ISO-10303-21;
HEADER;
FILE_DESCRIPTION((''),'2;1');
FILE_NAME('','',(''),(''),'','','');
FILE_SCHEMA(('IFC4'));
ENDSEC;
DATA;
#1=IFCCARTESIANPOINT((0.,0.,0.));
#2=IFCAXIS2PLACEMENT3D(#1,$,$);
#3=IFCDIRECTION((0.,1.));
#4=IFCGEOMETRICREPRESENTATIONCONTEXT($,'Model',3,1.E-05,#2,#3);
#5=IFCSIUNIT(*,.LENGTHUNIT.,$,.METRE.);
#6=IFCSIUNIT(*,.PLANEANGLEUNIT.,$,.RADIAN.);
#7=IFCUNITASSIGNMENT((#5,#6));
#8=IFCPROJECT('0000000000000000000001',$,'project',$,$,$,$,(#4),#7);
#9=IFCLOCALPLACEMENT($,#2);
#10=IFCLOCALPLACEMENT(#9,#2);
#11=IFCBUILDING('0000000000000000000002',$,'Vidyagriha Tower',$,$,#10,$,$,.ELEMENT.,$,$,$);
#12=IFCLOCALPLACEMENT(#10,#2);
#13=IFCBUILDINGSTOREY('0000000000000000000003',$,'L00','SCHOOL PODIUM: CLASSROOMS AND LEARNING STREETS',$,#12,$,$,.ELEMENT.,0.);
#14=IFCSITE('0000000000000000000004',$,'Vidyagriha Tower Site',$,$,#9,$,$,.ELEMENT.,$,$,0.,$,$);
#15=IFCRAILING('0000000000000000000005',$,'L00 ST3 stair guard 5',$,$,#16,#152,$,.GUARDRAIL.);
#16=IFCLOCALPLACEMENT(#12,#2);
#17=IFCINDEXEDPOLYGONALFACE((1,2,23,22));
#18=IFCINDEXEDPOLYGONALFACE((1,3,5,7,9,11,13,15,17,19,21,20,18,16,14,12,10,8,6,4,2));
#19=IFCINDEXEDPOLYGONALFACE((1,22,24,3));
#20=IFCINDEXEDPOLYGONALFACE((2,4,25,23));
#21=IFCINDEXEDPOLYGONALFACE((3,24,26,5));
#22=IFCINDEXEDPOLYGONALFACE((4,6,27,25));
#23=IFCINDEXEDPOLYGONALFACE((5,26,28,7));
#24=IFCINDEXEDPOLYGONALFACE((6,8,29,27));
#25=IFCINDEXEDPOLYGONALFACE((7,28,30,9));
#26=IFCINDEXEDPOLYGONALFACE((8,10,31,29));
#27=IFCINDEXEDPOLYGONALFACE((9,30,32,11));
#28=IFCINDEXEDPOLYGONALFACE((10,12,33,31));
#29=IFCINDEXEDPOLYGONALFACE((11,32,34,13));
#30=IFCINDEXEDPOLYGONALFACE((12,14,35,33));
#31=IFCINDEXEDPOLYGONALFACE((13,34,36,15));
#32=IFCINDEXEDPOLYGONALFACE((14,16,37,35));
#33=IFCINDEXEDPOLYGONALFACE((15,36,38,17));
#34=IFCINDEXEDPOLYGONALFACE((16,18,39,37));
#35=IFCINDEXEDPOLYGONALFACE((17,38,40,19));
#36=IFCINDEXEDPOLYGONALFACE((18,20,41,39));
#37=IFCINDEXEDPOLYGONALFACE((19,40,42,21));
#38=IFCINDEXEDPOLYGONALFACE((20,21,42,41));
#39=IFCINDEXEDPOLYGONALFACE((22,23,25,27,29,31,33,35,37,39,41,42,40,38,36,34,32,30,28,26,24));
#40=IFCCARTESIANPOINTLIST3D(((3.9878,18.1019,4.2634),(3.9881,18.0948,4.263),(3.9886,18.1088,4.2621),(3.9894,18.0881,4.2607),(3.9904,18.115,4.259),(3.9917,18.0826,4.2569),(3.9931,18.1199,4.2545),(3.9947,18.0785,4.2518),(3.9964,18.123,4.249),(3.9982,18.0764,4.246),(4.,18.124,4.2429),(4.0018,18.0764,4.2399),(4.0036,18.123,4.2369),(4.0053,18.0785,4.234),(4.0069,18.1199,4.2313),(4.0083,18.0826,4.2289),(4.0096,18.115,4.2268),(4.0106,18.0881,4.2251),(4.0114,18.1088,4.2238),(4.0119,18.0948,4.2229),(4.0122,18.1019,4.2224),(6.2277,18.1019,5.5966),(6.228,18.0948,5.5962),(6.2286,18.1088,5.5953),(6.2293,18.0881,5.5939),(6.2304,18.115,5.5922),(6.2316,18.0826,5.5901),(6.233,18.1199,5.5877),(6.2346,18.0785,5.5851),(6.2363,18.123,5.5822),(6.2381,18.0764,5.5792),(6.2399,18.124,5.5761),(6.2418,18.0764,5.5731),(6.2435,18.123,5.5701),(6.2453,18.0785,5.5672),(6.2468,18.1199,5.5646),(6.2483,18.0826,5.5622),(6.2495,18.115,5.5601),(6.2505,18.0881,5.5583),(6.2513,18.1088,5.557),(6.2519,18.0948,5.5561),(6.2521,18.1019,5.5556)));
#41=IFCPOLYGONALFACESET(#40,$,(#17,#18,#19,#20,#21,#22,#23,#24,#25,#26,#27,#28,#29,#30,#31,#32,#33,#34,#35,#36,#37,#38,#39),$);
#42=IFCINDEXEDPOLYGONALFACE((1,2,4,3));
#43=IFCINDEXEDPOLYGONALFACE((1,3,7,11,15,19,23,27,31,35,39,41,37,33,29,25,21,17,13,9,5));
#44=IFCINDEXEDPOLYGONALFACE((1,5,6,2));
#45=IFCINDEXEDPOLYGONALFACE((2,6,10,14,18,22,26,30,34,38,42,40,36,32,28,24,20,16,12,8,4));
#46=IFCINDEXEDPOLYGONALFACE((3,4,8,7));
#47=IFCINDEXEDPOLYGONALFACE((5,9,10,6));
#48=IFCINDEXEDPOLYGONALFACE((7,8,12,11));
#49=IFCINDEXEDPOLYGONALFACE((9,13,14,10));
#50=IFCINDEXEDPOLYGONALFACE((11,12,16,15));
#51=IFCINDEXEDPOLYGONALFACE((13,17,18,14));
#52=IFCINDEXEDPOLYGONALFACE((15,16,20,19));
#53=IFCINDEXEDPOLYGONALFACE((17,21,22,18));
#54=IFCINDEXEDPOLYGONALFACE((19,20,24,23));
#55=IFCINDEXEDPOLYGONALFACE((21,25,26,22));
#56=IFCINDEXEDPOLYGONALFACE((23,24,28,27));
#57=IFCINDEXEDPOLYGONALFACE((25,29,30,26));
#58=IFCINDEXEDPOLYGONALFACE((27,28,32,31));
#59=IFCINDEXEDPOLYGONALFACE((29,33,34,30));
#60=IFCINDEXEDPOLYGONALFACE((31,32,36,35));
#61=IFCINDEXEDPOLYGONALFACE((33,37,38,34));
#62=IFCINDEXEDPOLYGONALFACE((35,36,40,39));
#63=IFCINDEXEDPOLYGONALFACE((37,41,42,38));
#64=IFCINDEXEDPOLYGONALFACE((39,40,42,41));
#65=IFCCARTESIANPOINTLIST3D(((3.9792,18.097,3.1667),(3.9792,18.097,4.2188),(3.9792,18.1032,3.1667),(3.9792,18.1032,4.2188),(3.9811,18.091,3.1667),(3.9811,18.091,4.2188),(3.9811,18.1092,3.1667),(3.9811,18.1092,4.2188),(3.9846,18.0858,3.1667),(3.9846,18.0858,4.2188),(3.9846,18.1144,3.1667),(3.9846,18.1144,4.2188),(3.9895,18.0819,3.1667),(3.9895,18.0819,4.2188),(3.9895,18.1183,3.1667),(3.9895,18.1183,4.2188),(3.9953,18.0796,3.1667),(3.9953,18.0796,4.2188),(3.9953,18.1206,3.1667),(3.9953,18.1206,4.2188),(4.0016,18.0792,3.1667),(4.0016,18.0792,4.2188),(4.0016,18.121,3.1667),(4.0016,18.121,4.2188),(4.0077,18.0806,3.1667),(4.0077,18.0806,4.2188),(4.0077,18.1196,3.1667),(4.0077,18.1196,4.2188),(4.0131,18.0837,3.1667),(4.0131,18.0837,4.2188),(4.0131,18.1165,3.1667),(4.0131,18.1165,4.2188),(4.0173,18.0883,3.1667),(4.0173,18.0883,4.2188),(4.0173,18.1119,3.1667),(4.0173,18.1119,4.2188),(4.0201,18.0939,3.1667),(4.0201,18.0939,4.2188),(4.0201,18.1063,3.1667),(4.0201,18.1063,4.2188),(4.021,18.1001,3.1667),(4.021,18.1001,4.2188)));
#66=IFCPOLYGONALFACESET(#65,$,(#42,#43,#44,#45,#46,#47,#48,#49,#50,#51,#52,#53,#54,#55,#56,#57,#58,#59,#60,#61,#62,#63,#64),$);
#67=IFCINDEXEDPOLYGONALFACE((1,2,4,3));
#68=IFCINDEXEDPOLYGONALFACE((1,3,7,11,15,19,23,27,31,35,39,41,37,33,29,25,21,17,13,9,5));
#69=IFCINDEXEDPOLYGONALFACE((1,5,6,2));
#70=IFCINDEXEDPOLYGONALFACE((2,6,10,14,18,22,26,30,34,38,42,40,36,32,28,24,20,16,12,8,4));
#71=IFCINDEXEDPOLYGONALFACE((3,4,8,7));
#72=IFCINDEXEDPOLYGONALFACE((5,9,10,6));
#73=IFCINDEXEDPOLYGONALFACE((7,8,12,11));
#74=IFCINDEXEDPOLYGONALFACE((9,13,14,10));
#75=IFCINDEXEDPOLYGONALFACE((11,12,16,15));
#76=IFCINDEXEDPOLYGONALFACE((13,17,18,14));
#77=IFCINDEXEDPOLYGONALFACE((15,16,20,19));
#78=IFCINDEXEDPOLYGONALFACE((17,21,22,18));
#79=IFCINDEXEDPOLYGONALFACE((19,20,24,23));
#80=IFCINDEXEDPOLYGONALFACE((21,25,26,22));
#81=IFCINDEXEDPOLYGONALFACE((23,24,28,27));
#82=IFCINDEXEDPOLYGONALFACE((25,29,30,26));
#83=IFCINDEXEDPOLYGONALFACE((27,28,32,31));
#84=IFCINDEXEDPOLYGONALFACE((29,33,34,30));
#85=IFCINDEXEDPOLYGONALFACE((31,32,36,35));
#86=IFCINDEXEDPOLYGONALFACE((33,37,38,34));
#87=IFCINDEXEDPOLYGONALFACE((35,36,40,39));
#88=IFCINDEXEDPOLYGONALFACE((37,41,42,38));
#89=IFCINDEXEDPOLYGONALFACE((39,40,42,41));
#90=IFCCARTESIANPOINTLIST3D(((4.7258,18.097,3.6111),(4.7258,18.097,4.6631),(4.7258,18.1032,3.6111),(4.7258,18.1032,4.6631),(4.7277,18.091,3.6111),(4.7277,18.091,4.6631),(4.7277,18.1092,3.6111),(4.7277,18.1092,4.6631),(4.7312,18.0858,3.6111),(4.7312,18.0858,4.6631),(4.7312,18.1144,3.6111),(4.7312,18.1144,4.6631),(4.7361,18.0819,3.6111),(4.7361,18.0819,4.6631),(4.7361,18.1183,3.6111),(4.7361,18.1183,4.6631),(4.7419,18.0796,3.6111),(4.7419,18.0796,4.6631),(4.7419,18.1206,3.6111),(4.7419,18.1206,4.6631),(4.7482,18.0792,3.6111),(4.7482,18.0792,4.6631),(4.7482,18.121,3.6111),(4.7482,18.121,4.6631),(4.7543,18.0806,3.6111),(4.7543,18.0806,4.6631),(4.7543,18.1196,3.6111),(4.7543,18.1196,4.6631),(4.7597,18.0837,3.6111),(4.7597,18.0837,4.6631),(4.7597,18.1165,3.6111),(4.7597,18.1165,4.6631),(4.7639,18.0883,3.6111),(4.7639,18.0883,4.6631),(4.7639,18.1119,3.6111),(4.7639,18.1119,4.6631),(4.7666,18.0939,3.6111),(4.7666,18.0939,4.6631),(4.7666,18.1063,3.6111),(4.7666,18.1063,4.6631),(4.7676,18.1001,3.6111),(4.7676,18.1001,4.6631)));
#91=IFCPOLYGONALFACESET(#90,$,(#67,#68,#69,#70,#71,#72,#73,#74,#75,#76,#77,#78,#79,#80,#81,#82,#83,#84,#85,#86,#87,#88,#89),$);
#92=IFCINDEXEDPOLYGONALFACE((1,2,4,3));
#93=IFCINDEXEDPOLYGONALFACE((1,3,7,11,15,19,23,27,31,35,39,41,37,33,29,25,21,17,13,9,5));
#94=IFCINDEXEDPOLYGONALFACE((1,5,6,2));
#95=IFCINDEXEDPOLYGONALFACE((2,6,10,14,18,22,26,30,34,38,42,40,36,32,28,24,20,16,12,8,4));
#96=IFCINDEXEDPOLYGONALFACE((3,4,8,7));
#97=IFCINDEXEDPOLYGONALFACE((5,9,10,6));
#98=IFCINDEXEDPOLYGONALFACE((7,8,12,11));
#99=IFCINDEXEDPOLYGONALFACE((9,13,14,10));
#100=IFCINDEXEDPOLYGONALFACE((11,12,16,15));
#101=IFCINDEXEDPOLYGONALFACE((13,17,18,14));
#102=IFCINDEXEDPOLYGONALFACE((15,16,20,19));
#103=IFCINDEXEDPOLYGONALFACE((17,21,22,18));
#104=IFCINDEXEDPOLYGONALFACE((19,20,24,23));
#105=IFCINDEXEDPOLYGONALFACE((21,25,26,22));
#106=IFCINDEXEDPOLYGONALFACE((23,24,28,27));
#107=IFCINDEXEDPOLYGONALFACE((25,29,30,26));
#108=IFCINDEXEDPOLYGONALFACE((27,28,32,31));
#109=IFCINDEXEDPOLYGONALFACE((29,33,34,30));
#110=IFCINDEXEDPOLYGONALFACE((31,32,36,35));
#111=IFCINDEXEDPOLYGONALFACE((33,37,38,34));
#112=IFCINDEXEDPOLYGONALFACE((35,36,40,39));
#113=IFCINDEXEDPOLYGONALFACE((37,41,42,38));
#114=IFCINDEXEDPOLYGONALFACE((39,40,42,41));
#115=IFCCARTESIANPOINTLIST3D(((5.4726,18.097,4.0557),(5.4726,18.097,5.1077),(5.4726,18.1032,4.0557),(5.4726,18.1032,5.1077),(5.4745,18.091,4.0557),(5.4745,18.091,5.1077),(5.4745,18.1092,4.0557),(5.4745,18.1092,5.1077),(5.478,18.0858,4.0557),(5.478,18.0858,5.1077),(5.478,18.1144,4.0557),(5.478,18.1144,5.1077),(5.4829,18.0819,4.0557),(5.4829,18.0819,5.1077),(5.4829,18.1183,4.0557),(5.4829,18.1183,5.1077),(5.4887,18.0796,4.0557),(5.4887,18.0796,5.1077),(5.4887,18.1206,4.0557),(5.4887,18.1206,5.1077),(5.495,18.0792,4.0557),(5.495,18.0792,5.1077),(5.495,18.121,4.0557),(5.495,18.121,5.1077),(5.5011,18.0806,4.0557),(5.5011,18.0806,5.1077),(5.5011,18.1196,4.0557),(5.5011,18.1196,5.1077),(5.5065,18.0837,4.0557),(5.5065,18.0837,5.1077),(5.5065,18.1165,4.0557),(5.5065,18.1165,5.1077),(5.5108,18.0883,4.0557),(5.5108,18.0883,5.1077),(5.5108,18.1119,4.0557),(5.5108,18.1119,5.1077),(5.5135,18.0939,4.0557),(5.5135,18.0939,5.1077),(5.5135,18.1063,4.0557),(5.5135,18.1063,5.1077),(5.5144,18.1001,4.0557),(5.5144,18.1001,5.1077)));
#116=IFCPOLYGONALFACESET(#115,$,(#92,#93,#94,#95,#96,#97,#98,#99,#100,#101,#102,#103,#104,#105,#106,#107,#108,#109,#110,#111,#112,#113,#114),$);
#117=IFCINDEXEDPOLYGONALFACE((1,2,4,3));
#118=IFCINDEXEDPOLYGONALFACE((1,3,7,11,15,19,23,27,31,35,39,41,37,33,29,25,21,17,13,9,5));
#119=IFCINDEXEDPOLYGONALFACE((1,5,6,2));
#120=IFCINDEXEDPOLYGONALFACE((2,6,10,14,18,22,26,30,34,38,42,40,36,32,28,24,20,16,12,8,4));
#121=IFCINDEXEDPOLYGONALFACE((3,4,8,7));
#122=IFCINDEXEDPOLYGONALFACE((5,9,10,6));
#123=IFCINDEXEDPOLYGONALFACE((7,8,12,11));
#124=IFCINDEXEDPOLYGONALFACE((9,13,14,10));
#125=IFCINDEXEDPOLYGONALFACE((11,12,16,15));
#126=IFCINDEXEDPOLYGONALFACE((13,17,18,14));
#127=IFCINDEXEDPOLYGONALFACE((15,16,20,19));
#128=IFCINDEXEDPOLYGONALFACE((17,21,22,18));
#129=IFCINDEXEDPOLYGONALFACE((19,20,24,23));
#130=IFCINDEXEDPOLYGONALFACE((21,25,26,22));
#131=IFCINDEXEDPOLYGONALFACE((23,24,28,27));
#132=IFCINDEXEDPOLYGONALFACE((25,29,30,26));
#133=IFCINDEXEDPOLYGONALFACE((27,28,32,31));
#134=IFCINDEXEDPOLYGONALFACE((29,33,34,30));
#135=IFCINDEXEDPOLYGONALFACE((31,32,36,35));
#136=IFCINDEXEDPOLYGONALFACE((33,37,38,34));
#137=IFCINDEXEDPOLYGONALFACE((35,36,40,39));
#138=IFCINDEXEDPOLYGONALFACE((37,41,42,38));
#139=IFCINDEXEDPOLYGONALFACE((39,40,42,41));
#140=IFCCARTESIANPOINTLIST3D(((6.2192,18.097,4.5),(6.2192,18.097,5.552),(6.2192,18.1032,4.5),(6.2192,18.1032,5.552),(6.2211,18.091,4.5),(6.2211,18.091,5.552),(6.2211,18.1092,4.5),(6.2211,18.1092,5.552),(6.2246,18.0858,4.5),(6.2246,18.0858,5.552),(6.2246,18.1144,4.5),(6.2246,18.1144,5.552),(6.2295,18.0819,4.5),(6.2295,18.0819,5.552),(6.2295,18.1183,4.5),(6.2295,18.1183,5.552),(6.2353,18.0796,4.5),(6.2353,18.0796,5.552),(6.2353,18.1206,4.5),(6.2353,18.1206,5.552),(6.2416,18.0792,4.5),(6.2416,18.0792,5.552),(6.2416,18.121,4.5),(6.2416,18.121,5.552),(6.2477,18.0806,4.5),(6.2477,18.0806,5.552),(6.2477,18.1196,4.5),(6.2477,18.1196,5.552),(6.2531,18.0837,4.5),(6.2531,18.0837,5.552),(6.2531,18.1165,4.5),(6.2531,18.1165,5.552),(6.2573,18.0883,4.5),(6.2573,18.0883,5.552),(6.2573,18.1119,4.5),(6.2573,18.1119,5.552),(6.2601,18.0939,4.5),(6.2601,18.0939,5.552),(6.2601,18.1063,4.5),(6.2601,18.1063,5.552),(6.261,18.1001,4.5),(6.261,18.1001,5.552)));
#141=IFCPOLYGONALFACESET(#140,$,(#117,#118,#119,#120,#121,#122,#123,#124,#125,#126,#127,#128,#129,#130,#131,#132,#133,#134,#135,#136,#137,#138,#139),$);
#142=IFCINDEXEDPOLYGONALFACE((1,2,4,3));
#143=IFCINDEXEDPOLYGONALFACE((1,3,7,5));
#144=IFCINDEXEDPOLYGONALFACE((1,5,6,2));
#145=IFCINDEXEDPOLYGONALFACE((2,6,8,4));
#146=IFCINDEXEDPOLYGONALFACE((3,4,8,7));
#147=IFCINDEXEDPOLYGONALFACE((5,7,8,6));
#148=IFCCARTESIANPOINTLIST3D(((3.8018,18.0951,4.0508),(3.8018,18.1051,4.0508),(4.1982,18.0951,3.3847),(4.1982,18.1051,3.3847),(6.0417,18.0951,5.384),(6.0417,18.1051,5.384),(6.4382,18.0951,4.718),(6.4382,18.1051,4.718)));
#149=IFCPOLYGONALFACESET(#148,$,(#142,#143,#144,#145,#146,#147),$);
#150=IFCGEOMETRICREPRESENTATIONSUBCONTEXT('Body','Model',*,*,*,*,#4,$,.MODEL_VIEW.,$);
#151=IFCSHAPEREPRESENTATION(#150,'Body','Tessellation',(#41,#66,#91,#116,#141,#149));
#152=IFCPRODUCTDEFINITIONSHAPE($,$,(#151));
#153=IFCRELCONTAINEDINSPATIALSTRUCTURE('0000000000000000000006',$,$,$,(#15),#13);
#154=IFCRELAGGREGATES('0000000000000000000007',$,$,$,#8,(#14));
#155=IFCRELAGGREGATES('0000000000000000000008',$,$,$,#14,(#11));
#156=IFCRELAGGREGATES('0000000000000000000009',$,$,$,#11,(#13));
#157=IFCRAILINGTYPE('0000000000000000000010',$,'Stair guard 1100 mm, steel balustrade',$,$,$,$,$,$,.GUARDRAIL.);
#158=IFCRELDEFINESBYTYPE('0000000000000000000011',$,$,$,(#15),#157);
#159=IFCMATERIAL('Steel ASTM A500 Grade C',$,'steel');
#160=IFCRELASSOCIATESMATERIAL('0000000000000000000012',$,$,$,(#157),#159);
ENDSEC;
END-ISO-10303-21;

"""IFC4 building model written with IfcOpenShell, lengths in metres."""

from ifc_helpers import new_model, si_unit, direction, frame, origin, origin_2d, place, context, subcontext, project, spatial, rectangle, circle, extrude, material, type_object, element, save


model = new_model("IFC4")

# Units and contexts
model_context = context("Model", 3, precision=1e-05, world=origin(), true_north=direction((0.0, 1.0)))
body_context = subcontext(model_context, "Body", "Model", "MODEL_VIEW")
ifc_project = project(units=[si_unit("LENGTHUNIT", "METRE"), si_unit("PLANEANGLEUNIT", "RADIAN")], contexts=[model_context])

# Site, building, storey
site_placement = place(None, origin())
site = spatial("IfcSite", under=ifc_project, at=site_placement, Name="Vidyagriha Tower Site", CompositionType="ELEMENT", RefElevation=0.0)
building_placement = place(site_placement, origin())
building = spatial("IfcBuilding", under=site, at=building_placement, Name="Vidyagriha Tower", CompositionType="ELEMENT")
storey_placement = place(building_placement, origin())
storey = spatial("IfcBuildingStorey", under=building, at=storey_placement, Name="L00", Description="SCHOOL PODIUM: CLASSROOMS AND LEARNING STREETS", CompositionType="ELEMENT", Elevation=0.0)

# Railing
ifc_material_1 = material(Name="Steel ASTM A500 Grade C", Category="steel")
railing_type_1 = type_object("IfcRailingType", Name="Stair guard 1100 mm, steel balustrade", PredefinedType="GUARDRAIL", material=ifc_material_1)
railing_1_placement = place(storey_placement, frame((4.0, 18.1001, 3.1667)))
element("IfcRailing", 1, at=railing_1_placement, inside=storey, type_object=railing_type_1, Name="L00 ST3 stair guard 5", PredefinedType="GUARDRAIL", context=body_context, shape_type="SweptSolid", body=[
    extrude(circle(Radius=0.0239, at=origin_2d()), frame((0.0, 0.0, 1.0762), z_axis=(0.859306, 0.0, 0.511462), x_axis=(0.0, 1.0, 0.0)), (0.0, 0.0, 1.0), 2.6067),
    extrude(circle(Radius=0.021, at=origin_2d()), origin(), (0.0, 0.0, 1.0), 1.052),
    extrude(circle(Radius=0.021, at=origin_2d()), frame((0.7466, 0.0, 0.4443)), (0.0, 0.0, 1.0), 1.052),
    extrude(circle(Radius=0.021, at=origin_2d()), frame((1.4934, 0.0, 0.8889)), (0.0, 0.0, 1.0), 1.052),
    extrude(circle(Radius=0.021, at=origin_2d()), frame((2.24, 0.0, 1.3333)), (0.0, 0.0, 1.0), 1.052),
    extrude(rectangle(XDim=0.01, YDim=0.7751, at=origin_2d()), frame((0.0, 0.0, 0.551), z_axis=(0.859306, 0.0, 0.511462), x_axis=(0.0, 1.0, 0.0)), (0.0, 0.0, 1.0), 2.6067),
])

save(model, "model.ifc")
